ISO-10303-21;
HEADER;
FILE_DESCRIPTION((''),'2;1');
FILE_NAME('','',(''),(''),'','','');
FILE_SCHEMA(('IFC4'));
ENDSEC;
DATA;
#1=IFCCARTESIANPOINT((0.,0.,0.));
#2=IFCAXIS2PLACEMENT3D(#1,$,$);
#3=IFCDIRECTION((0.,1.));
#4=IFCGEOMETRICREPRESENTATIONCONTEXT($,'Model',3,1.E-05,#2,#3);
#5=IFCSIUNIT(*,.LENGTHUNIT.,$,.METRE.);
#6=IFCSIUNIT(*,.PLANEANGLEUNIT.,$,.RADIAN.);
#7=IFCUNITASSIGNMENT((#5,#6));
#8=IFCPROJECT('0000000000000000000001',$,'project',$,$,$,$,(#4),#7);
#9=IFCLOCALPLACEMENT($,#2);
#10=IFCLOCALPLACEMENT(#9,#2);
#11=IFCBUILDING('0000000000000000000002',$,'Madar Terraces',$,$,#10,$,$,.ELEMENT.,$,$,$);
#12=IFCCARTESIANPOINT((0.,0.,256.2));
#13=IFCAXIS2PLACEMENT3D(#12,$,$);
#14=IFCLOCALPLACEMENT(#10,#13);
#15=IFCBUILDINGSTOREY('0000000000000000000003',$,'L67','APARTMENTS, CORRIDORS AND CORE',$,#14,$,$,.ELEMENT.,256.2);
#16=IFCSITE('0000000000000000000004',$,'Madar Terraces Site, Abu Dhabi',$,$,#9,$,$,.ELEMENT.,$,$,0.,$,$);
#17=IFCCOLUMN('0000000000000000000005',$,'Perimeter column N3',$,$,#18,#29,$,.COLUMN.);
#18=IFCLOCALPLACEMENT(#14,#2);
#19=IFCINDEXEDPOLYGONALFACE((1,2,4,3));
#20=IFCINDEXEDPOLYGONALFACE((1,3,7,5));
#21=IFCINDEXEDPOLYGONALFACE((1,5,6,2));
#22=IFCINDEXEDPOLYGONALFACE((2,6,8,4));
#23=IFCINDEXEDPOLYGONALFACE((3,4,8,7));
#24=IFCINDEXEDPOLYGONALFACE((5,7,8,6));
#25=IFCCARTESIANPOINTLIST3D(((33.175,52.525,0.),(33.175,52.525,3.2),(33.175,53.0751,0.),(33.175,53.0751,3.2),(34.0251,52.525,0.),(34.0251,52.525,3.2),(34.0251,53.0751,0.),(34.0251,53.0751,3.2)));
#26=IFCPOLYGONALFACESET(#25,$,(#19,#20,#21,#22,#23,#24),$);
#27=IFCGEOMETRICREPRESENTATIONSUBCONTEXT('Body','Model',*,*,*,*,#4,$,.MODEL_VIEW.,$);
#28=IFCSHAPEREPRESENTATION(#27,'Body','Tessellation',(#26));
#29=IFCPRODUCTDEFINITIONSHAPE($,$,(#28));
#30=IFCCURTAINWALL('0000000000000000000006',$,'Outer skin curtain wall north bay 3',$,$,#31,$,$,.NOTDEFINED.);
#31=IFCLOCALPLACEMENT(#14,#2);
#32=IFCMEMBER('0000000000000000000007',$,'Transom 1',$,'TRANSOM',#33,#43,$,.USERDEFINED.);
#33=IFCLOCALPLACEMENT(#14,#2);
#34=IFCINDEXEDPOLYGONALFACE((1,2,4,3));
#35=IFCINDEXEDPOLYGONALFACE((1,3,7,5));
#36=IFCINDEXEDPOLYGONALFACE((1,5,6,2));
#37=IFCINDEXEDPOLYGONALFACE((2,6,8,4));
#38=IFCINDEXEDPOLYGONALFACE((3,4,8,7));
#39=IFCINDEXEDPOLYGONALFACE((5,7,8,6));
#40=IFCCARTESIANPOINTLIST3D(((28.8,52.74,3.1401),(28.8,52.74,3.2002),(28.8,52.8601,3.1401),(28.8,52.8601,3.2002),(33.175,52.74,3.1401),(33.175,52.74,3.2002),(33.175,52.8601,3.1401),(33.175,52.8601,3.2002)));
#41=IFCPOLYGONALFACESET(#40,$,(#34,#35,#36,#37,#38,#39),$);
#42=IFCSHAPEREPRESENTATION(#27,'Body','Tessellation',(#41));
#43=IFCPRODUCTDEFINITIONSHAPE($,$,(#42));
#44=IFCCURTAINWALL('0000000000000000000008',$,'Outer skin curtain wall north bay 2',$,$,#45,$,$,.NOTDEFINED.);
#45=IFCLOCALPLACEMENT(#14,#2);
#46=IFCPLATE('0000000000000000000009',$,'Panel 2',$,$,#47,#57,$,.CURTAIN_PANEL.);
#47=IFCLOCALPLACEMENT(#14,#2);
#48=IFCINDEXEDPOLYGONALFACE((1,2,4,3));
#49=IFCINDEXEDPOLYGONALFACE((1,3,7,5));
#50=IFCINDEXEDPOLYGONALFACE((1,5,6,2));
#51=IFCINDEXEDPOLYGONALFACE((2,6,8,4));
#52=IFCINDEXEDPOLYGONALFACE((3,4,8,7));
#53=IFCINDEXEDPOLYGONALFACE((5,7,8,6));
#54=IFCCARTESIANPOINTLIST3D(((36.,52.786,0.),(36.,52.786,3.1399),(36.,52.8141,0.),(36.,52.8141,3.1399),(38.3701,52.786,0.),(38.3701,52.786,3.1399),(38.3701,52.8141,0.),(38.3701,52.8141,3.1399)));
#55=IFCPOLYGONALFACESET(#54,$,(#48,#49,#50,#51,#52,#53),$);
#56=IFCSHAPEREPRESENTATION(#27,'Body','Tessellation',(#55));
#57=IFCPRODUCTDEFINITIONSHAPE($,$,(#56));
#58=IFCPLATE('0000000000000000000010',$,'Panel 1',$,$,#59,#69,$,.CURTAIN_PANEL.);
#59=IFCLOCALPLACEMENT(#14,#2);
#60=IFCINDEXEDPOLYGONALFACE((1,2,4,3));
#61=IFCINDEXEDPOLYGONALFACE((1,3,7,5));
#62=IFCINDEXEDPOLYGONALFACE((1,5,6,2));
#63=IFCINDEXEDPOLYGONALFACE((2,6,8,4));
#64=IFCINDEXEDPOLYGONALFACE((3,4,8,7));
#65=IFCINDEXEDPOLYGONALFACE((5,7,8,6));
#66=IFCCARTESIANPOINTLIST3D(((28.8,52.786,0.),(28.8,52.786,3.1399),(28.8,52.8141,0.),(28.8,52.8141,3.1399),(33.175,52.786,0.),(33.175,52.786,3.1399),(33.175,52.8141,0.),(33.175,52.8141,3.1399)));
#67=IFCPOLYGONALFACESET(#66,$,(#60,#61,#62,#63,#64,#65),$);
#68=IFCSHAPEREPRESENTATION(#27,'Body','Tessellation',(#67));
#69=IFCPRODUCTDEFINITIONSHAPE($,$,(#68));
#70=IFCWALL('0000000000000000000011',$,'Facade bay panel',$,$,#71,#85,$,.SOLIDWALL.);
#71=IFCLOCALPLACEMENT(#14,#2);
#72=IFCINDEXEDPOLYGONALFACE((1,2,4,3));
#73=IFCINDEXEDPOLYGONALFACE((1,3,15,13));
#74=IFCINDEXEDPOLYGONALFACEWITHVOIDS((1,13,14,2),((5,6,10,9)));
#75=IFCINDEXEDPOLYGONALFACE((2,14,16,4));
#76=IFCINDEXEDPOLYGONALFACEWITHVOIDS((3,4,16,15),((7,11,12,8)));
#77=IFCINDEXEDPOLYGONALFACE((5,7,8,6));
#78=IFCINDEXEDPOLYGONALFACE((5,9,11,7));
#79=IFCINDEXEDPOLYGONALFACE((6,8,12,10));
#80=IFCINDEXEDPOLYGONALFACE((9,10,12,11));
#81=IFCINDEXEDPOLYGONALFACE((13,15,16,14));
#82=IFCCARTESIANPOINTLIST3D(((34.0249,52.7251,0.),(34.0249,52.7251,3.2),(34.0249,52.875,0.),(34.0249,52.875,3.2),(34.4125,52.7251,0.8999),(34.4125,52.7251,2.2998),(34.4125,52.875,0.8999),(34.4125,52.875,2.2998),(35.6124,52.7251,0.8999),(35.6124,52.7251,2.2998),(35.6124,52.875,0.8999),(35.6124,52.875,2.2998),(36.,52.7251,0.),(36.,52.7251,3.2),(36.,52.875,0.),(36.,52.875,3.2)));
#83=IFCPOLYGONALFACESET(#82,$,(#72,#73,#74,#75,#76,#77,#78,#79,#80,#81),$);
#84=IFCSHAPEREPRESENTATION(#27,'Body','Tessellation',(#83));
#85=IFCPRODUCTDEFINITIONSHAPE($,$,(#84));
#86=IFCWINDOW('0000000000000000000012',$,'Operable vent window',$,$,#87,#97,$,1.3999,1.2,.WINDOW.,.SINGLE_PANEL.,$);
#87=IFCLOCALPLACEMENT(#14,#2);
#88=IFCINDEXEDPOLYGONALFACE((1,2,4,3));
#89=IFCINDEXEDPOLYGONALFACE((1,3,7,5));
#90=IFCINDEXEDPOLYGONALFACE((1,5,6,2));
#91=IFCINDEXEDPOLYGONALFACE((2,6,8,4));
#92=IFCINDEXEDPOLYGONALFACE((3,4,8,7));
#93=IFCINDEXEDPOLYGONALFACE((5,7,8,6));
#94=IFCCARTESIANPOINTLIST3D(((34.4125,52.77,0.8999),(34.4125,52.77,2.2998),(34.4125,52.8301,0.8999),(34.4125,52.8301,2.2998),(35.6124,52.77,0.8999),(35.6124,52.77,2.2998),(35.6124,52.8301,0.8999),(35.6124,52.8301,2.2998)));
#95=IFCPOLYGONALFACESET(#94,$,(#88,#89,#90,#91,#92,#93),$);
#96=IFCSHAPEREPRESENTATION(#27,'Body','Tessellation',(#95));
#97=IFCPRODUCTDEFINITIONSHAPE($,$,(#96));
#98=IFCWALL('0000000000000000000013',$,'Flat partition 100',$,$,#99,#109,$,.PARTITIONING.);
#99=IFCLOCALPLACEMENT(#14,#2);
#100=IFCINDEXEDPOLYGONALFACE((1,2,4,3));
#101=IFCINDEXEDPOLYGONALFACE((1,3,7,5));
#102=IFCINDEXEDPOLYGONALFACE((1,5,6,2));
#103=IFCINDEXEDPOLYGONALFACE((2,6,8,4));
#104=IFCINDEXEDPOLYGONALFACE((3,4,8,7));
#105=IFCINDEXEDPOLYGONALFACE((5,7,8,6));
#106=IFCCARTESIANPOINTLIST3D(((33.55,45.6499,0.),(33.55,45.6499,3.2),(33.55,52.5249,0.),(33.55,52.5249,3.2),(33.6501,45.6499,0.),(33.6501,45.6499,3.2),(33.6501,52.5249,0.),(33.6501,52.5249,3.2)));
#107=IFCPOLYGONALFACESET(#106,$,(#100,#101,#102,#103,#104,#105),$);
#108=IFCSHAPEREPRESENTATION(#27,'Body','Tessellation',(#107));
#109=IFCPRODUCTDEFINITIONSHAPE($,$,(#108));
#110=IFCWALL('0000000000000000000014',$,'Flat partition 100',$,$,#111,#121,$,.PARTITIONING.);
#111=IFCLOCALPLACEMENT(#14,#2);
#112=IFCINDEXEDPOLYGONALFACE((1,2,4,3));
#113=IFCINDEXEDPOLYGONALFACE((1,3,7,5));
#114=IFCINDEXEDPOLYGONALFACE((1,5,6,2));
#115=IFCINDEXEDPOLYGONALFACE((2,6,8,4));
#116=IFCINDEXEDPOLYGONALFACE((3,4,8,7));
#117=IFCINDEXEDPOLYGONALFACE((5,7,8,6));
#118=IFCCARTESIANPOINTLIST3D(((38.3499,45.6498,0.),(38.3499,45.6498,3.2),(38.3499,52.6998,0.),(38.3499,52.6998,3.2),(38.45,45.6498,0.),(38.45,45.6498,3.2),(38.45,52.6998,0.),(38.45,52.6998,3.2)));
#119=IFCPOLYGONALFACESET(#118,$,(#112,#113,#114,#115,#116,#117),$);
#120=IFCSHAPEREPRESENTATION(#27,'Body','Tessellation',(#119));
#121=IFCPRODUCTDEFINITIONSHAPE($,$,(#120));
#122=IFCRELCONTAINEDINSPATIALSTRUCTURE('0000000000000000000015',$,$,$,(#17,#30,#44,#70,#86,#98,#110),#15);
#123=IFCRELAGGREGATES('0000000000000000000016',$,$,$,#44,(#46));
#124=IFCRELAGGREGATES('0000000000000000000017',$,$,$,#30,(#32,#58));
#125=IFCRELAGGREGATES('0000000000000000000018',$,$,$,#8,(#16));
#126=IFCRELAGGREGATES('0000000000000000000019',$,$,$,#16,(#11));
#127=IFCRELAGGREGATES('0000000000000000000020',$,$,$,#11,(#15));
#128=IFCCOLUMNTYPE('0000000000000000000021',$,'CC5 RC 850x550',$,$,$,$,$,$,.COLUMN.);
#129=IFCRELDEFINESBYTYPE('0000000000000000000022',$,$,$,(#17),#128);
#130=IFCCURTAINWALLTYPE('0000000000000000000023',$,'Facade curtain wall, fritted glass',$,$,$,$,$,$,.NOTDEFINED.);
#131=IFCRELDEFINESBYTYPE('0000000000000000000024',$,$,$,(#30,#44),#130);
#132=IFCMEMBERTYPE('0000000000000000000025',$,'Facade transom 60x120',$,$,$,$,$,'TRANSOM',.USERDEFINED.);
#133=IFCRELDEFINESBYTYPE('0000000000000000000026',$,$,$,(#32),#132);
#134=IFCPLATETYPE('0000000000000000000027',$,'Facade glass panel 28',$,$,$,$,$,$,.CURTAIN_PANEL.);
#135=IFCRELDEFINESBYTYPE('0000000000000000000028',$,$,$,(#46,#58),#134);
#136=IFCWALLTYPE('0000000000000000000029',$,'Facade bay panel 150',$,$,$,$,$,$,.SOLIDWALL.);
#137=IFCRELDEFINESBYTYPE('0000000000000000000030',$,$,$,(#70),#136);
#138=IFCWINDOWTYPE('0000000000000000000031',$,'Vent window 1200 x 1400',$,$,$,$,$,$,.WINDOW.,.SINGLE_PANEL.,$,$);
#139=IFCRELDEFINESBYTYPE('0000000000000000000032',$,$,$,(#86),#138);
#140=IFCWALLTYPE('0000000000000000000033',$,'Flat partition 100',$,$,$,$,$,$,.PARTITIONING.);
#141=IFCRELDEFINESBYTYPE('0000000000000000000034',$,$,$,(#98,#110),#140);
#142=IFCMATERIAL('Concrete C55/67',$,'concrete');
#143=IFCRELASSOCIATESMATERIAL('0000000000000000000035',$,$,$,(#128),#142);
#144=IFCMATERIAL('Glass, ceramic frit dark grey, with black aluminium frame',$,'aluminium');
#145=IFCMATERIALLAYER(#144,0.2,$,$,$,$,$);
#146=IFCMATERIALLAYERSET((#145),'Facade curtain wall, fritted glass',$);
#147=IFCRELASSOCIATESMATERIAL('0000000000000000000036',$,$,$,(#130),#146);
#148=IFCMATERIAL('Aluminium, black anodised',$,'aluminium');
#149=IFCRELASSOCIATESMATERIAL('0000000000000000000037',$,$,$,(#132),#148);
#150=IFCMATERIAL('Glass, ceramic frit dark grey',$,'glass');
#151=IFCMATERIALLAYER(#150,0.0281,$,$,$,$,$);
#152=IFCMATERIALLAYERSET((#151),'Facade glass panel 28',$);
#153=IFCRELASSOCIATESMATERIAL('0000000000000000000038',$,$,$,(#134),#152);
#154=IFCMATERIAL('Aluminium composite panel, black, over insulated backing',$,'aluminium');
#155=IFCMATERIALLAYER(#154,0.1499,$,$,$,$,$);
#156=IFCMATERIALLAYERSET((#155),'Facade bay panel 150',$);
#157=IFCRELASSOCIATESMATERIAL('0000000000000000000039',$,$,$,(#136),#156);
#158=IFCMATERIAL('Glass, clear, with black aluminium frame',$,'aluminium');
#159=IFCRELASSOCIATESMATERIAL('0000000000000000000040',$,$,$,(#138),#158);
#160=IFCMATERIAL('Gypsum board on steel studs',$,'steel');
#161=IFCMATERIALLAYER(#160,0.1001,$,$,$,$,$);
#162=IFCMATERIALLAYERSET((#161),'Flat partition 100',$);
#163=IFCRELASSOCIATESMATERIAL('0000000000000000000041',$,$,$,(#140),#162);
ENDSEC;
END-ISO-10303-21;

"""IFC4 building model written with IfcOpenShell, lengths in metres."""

from ifc_helpers import new_model, si_unit, direction, frame, frame_2d, origin, origin_2d, place, context, subcontext, project, spatial, rectangle, extrude, material, layer, layer_set, material_profile, profile_set, type_object, element, fill, aggregate, save


model = new_model("IFC4")

# Units and contexts
model_context = context("Model", 3, precision=1e-05, world=origin(), true_north=direction((0.0, 1.0)))
body_context = subcontext(model_context, "Body", "Model", "MODEL_VIEW")
ifc_project = project(units=[si_unit("LENGTHUNIT", "METRE"), si_unit("PLANEANGLEUNIT", "RADIAN")], contexts=[model_context])

# Site, building, storey
site_placement = place(None, origin())
site = spatial("IfcSite", under=ifc_project, at=site_placement, Name="Madar Terraces Site, Abu Dhabi", CompositionType="ELEMENT", RefElevation=0.0)
building_placement = place(site_placement, origin())
building = spatial("IfcBuilding", under=site, at=building_placement, Name="Madar Terraces", CompositionType="ELEMENT")
storey_placement = place(building_placement, frame((0.0, 0.0, 256.2)))
storey = spatial("IfcBuildingStorey", under=building, at=storey_placement, Name="L67", Description="APARTMENTS, CORRIDORS AND CORE", CompositionType="ELEMENT", Elevation=256.2)

# Column
ifc_material_1 = material(Name="Concrete C55/67", Category="concrete")
ifc_material_profile_1 = material_profile(ifc_material_1, rectangle(XDim=0.8501, YDim=0.55, at=origin_2d()), Name="CC5 RC 850x550")
ifc_profile_set_1 = profile_set([ifc_material_profile_1], Name="Concrete C55/67")
column_type = type_object("IfcColumnType", Name="CC5 RC 850x550", PredefinedType="COLUMN", material=ifc_profile_set_1)
column_placement = place(storey_placement, frame((33.6001, 52.8, 0.0), z_axis=(0.0, 0.0, 1.0), x_axis=(1.0, 0.0, 0.0)))
element("IfcColumn", 1, at=column_placement, inside=storey, type_object=column_type, Name="Perimeter column N3", PredefinedType="COLUMN", context=body_context, shape_type="SweptSolid", body=[
    extrude(rectangle(XDim=0.8501, YDim=0.55, at=origin_2d()), origin(), (0.0, 0.0, 1.0), 3.2),
])

# Curtain wall, member
ifc_material_2 = material(Name="Glass, ceramic frit dark grey, with black aluminium frame", Category="aluminium")
ifc_layer_1 = layer(ifc_material_2, 0.2)
ifc_layer_set_1 = layer_set([ifc_layer_1], Name="Facade curtain wall, fritted glass")
curtain_wall_type = type_object("IfcCurtainWallType", Name="Facade curtain wall, fritted glass", PredefinedType="NOTDEFINED", material=ifc_layer_set_1)
curtain_wall_1_placement = place(storey_placement, origin())
curtain_wall_1 = element("IfcCurtainWall", 2, at=curtain_wall_1_placement, inside=storey, type_object=curtain_wall_type, Name="Outer skin curtain wall north bay 3", PredefinedType="NOTDEFINED")
ifc_material_3 = material(Name="Aluminium, black anodised", Category="aluminium")
ifc_material_profile_2 = material_profile(ifc_material_3, rectangle(XDim=0.1201, YDim=0.0601, at=origin_2d()), Name="Facade transom 60x120")
ifc_profile_set_2 = profile_set([ifc_material_profile_2], Name="Aluminium, black anodised")
member_type = type_object("IfcMemberType", Name="Facade transom 60x120", ElementType="TRANSOM", PredefinedType="USERDEFINED", material=ifc_profile_set_2)
member_placement = place(storey_placement, frame((33.175, 52.8, 3.1702), z_axis=(-1.0, 0.0, 0.0), x_axis=(0.0, -1.0, 0.0)))
member = element("IfcMember", 3, at=member_placement, type_object=member_type, Name="Transom 1", ObjectType="TRANSOM", PredefinedType="USERDEFINED", context=body_context, shape_type="SweptSolid", body=[
    extrude(rectangle(XDim=0.1201, YDim=0.0601, at=origin_2d()), origin(), (0.0, 0.0, 1.0), 4.375),
])

# Curtain wall, plate
curtain_wall_2_placement = place(storey_placement, origin())
curtain_wall_2 = element("IfcCurtainWall", 4, at=curtain_wall_2_placement, inside=storey, type_object=curtain_wall_type, Name="Outer skin curtain wall north bay 2", PredefinedType="NOTDEFINED")
ifc_material_4 = material(Name="Glass, ceramic frit dark grey", Category="glass")
ifc_layer_2 = layer(ifc_material_4, 0.0281)
ifc_layer_set_2 = layer_set([ifc_layer_2], Name="Facade glass panel 28")
plate_type = type_object("IfcPlateType", Name="Facade glass panel 28", PredefinedType="CURTAIN_PANEL", material=ifc_layer_set_2)
plate_1_placement = place(storey_placement, frame((37.1851, 52.8, 0.0), z_axis=(0.0, 0.0, 1.0), x_axis=(-1.0, 0.0, 0.0)))
plate_1 = element("IfcPlate", 5, at=plate_1_placement, type_object=plate_type, Name="Panel 2", PredefinedType="CURTAIN_PANEL", context=body_context, shape_type="SweptSolid", body=[
    extrude(rectangle(XDim=2.3701, YDim=0.0281, at=origin_2d()), origin(), (0.0, 0.0, 1.0), 3.1399),
])
aggregate(curtain_wall_2, [plate_1])

# Plate
plate_2_placement = place(storey_placement, frame((30.9875, 52.8, 0.0), z_axis=(0.0, 0.0, 1.0), x_axis=(-1.0, 0.0, 0.0)))
plate_2 = element("IfcPlate", 6, at=plate_2_placement, type_object=plate_type, Name="Panel 1", PredefinedType="CURTAIN_PANEL", context=body_context, shape_type="SweptSolid", body=[
    extrude(rectangle(XDim=4.375, YDim=0.0281, at=origin_2d()), origin(), (0.0, 0.0, 1.0), 3.1399),
])
aggregate(curtain_wall_1, [member, plate_2])

# Wall, opening, window
ifc_material_5 = material(Name="Aluminium composite panel, black, over insulated backing", Category="aluminium")
ifc_layer_3 = layer(ifc_material_5, 0.1499)
ifc_layer_set_3 = layer_set([ifc_layer_3], Name="Facade bay panel 150")
wall_type_1 = type_object("IfcWallType", Name="Facade bay panel 150", PredefinedType="SOLIDWALL", material=ifc_layer_set_3)
wall_1_placement = place(storey_placement, frame((36.0, 52.8, 0.0), z_axis=(0.0, 0.0, 1.0), x_axis=(-1.0, 0.0, 0.0)))
wall_1 = element("IfcWall", 7, at=wall_1_placement, inside=storey, type_object=wall_type_1, Name="Facade bay panel", PredefinedType="SOLIDWALL", context=body_context, shape_type="SweptSolid", body=[
    extrude(rectangle(XDim=1.9751, YDim=0.1499, at=frame_2d((0.9875, 0.0))), origin(), (0.0, 0.0, 1.0), 3.2),
])
opening_1_placement = place(wall_1_placement, frame((0.3875, 0.0, 0.8999)))
opening_1 = element("IfcOpeningElement", 8, at=opening_1_placement, cuts=wall_1, PredefinedType="OPENING", context=body_context, shape_type="SweptSolid", body=[
    extrude(rectangle(XDim=1.2, YDim=1.3999, at=frame_2d((0.6001, 0.7))), frame((0.0, 0.085, 0.0), z_axis=(0.0, -1.0, 0.0), x_axis=(1.0, 0.0, 0.0)), (0.0, 0.0, 1.0), 0.1699),
])
ifc_material_6 = material(Name="Glass, clear, with black aluminium frame", Category="aluminium")
window_type = type_object("IfcWindowType", Name="Vent window 1200 x 1400", PartitioningType="SINGLE_PANEL", PredefinedType="WINDOW", material=ifc_material_6)
window_placement = place(opening_1_placement, origin())
window = element("IfcWindow", 9, at=window_placement, inside=storey, type_object=window_type, Name="Operable vent window", OverallHeight=1.3999, OverallWidth=1.2, PartitioningType="SINGLE_PANEL", PredefinedType="WINDOW", context=body_context, shape_type="SweptSolid", body=[
    extrude(rectangle(XDim=1.2, YDim=1.3999, at=frame_2d((0.6001, 0.7))), frame((0.0, 0.03, 0.0), z_axis=(0.0, -1.0, 0.0), x_axis=(1.0, 0.0, 0.0)), (0.0, 0.0, 1.0), 0.0601),
])
fill(opening_1, window)

# Walls
ifc_material_7 = material(Name="Gypsum board on steel studs", Category="steel")
ifc_layer_4 = layer(ifc_material_7, 0.1001)
ifc_layer_set_4 = layer_set([ifc_layer_4], Name="Flat partition 100")
wall_type_2 = type_object("IfcWallType", Name="Flat partition 100", PredefinedType="PARTITIONING", material=ifc_layer_set_4)
wall_2_placement = place(storey_placement, frame((33.6001, 45.6499, 0.0), z_axis=(0.0, 0.0, 1.0), x_axis=(0.0, 1.0, 0.0)))
element("IfcWall", 10, at=wall_2_placement, inside=storey, type_object=wall_type_2, Name="Flat partition 100", PredefinedType="PARTITIONING", context=body_context, shape_type="SweptSolid", body=[
    extrude(rectangle(XDim=6.875, YDim=0.1001, at=frame_2d((3.4375, 0.0))), origin(), (0.0, 0.0, 1.0), 3.2),
])
wall_3_placement = place(storey_placement, frame((38.3999, 45.6499, 0.0), z_axis=(0.0, 0.0, 1.0), x_axis=(0.0, 1.0, 0.0)))
element("IfcWall", 11, at=wall_3_placement, inside=storey, type_object=wall_type_2, Name="Flat partition 100", PredefinedType="PARTITIONING", context=body_context, shape_type="SweptSolid", body=[
    extrude(rectangle(XDim=7.05, YDim=0.1001, at=frame_2d((3.5249, 0.0))), origin(), (0.0, 0.0, 1.0), 3.2),
])

save(model, "model.ifc")
